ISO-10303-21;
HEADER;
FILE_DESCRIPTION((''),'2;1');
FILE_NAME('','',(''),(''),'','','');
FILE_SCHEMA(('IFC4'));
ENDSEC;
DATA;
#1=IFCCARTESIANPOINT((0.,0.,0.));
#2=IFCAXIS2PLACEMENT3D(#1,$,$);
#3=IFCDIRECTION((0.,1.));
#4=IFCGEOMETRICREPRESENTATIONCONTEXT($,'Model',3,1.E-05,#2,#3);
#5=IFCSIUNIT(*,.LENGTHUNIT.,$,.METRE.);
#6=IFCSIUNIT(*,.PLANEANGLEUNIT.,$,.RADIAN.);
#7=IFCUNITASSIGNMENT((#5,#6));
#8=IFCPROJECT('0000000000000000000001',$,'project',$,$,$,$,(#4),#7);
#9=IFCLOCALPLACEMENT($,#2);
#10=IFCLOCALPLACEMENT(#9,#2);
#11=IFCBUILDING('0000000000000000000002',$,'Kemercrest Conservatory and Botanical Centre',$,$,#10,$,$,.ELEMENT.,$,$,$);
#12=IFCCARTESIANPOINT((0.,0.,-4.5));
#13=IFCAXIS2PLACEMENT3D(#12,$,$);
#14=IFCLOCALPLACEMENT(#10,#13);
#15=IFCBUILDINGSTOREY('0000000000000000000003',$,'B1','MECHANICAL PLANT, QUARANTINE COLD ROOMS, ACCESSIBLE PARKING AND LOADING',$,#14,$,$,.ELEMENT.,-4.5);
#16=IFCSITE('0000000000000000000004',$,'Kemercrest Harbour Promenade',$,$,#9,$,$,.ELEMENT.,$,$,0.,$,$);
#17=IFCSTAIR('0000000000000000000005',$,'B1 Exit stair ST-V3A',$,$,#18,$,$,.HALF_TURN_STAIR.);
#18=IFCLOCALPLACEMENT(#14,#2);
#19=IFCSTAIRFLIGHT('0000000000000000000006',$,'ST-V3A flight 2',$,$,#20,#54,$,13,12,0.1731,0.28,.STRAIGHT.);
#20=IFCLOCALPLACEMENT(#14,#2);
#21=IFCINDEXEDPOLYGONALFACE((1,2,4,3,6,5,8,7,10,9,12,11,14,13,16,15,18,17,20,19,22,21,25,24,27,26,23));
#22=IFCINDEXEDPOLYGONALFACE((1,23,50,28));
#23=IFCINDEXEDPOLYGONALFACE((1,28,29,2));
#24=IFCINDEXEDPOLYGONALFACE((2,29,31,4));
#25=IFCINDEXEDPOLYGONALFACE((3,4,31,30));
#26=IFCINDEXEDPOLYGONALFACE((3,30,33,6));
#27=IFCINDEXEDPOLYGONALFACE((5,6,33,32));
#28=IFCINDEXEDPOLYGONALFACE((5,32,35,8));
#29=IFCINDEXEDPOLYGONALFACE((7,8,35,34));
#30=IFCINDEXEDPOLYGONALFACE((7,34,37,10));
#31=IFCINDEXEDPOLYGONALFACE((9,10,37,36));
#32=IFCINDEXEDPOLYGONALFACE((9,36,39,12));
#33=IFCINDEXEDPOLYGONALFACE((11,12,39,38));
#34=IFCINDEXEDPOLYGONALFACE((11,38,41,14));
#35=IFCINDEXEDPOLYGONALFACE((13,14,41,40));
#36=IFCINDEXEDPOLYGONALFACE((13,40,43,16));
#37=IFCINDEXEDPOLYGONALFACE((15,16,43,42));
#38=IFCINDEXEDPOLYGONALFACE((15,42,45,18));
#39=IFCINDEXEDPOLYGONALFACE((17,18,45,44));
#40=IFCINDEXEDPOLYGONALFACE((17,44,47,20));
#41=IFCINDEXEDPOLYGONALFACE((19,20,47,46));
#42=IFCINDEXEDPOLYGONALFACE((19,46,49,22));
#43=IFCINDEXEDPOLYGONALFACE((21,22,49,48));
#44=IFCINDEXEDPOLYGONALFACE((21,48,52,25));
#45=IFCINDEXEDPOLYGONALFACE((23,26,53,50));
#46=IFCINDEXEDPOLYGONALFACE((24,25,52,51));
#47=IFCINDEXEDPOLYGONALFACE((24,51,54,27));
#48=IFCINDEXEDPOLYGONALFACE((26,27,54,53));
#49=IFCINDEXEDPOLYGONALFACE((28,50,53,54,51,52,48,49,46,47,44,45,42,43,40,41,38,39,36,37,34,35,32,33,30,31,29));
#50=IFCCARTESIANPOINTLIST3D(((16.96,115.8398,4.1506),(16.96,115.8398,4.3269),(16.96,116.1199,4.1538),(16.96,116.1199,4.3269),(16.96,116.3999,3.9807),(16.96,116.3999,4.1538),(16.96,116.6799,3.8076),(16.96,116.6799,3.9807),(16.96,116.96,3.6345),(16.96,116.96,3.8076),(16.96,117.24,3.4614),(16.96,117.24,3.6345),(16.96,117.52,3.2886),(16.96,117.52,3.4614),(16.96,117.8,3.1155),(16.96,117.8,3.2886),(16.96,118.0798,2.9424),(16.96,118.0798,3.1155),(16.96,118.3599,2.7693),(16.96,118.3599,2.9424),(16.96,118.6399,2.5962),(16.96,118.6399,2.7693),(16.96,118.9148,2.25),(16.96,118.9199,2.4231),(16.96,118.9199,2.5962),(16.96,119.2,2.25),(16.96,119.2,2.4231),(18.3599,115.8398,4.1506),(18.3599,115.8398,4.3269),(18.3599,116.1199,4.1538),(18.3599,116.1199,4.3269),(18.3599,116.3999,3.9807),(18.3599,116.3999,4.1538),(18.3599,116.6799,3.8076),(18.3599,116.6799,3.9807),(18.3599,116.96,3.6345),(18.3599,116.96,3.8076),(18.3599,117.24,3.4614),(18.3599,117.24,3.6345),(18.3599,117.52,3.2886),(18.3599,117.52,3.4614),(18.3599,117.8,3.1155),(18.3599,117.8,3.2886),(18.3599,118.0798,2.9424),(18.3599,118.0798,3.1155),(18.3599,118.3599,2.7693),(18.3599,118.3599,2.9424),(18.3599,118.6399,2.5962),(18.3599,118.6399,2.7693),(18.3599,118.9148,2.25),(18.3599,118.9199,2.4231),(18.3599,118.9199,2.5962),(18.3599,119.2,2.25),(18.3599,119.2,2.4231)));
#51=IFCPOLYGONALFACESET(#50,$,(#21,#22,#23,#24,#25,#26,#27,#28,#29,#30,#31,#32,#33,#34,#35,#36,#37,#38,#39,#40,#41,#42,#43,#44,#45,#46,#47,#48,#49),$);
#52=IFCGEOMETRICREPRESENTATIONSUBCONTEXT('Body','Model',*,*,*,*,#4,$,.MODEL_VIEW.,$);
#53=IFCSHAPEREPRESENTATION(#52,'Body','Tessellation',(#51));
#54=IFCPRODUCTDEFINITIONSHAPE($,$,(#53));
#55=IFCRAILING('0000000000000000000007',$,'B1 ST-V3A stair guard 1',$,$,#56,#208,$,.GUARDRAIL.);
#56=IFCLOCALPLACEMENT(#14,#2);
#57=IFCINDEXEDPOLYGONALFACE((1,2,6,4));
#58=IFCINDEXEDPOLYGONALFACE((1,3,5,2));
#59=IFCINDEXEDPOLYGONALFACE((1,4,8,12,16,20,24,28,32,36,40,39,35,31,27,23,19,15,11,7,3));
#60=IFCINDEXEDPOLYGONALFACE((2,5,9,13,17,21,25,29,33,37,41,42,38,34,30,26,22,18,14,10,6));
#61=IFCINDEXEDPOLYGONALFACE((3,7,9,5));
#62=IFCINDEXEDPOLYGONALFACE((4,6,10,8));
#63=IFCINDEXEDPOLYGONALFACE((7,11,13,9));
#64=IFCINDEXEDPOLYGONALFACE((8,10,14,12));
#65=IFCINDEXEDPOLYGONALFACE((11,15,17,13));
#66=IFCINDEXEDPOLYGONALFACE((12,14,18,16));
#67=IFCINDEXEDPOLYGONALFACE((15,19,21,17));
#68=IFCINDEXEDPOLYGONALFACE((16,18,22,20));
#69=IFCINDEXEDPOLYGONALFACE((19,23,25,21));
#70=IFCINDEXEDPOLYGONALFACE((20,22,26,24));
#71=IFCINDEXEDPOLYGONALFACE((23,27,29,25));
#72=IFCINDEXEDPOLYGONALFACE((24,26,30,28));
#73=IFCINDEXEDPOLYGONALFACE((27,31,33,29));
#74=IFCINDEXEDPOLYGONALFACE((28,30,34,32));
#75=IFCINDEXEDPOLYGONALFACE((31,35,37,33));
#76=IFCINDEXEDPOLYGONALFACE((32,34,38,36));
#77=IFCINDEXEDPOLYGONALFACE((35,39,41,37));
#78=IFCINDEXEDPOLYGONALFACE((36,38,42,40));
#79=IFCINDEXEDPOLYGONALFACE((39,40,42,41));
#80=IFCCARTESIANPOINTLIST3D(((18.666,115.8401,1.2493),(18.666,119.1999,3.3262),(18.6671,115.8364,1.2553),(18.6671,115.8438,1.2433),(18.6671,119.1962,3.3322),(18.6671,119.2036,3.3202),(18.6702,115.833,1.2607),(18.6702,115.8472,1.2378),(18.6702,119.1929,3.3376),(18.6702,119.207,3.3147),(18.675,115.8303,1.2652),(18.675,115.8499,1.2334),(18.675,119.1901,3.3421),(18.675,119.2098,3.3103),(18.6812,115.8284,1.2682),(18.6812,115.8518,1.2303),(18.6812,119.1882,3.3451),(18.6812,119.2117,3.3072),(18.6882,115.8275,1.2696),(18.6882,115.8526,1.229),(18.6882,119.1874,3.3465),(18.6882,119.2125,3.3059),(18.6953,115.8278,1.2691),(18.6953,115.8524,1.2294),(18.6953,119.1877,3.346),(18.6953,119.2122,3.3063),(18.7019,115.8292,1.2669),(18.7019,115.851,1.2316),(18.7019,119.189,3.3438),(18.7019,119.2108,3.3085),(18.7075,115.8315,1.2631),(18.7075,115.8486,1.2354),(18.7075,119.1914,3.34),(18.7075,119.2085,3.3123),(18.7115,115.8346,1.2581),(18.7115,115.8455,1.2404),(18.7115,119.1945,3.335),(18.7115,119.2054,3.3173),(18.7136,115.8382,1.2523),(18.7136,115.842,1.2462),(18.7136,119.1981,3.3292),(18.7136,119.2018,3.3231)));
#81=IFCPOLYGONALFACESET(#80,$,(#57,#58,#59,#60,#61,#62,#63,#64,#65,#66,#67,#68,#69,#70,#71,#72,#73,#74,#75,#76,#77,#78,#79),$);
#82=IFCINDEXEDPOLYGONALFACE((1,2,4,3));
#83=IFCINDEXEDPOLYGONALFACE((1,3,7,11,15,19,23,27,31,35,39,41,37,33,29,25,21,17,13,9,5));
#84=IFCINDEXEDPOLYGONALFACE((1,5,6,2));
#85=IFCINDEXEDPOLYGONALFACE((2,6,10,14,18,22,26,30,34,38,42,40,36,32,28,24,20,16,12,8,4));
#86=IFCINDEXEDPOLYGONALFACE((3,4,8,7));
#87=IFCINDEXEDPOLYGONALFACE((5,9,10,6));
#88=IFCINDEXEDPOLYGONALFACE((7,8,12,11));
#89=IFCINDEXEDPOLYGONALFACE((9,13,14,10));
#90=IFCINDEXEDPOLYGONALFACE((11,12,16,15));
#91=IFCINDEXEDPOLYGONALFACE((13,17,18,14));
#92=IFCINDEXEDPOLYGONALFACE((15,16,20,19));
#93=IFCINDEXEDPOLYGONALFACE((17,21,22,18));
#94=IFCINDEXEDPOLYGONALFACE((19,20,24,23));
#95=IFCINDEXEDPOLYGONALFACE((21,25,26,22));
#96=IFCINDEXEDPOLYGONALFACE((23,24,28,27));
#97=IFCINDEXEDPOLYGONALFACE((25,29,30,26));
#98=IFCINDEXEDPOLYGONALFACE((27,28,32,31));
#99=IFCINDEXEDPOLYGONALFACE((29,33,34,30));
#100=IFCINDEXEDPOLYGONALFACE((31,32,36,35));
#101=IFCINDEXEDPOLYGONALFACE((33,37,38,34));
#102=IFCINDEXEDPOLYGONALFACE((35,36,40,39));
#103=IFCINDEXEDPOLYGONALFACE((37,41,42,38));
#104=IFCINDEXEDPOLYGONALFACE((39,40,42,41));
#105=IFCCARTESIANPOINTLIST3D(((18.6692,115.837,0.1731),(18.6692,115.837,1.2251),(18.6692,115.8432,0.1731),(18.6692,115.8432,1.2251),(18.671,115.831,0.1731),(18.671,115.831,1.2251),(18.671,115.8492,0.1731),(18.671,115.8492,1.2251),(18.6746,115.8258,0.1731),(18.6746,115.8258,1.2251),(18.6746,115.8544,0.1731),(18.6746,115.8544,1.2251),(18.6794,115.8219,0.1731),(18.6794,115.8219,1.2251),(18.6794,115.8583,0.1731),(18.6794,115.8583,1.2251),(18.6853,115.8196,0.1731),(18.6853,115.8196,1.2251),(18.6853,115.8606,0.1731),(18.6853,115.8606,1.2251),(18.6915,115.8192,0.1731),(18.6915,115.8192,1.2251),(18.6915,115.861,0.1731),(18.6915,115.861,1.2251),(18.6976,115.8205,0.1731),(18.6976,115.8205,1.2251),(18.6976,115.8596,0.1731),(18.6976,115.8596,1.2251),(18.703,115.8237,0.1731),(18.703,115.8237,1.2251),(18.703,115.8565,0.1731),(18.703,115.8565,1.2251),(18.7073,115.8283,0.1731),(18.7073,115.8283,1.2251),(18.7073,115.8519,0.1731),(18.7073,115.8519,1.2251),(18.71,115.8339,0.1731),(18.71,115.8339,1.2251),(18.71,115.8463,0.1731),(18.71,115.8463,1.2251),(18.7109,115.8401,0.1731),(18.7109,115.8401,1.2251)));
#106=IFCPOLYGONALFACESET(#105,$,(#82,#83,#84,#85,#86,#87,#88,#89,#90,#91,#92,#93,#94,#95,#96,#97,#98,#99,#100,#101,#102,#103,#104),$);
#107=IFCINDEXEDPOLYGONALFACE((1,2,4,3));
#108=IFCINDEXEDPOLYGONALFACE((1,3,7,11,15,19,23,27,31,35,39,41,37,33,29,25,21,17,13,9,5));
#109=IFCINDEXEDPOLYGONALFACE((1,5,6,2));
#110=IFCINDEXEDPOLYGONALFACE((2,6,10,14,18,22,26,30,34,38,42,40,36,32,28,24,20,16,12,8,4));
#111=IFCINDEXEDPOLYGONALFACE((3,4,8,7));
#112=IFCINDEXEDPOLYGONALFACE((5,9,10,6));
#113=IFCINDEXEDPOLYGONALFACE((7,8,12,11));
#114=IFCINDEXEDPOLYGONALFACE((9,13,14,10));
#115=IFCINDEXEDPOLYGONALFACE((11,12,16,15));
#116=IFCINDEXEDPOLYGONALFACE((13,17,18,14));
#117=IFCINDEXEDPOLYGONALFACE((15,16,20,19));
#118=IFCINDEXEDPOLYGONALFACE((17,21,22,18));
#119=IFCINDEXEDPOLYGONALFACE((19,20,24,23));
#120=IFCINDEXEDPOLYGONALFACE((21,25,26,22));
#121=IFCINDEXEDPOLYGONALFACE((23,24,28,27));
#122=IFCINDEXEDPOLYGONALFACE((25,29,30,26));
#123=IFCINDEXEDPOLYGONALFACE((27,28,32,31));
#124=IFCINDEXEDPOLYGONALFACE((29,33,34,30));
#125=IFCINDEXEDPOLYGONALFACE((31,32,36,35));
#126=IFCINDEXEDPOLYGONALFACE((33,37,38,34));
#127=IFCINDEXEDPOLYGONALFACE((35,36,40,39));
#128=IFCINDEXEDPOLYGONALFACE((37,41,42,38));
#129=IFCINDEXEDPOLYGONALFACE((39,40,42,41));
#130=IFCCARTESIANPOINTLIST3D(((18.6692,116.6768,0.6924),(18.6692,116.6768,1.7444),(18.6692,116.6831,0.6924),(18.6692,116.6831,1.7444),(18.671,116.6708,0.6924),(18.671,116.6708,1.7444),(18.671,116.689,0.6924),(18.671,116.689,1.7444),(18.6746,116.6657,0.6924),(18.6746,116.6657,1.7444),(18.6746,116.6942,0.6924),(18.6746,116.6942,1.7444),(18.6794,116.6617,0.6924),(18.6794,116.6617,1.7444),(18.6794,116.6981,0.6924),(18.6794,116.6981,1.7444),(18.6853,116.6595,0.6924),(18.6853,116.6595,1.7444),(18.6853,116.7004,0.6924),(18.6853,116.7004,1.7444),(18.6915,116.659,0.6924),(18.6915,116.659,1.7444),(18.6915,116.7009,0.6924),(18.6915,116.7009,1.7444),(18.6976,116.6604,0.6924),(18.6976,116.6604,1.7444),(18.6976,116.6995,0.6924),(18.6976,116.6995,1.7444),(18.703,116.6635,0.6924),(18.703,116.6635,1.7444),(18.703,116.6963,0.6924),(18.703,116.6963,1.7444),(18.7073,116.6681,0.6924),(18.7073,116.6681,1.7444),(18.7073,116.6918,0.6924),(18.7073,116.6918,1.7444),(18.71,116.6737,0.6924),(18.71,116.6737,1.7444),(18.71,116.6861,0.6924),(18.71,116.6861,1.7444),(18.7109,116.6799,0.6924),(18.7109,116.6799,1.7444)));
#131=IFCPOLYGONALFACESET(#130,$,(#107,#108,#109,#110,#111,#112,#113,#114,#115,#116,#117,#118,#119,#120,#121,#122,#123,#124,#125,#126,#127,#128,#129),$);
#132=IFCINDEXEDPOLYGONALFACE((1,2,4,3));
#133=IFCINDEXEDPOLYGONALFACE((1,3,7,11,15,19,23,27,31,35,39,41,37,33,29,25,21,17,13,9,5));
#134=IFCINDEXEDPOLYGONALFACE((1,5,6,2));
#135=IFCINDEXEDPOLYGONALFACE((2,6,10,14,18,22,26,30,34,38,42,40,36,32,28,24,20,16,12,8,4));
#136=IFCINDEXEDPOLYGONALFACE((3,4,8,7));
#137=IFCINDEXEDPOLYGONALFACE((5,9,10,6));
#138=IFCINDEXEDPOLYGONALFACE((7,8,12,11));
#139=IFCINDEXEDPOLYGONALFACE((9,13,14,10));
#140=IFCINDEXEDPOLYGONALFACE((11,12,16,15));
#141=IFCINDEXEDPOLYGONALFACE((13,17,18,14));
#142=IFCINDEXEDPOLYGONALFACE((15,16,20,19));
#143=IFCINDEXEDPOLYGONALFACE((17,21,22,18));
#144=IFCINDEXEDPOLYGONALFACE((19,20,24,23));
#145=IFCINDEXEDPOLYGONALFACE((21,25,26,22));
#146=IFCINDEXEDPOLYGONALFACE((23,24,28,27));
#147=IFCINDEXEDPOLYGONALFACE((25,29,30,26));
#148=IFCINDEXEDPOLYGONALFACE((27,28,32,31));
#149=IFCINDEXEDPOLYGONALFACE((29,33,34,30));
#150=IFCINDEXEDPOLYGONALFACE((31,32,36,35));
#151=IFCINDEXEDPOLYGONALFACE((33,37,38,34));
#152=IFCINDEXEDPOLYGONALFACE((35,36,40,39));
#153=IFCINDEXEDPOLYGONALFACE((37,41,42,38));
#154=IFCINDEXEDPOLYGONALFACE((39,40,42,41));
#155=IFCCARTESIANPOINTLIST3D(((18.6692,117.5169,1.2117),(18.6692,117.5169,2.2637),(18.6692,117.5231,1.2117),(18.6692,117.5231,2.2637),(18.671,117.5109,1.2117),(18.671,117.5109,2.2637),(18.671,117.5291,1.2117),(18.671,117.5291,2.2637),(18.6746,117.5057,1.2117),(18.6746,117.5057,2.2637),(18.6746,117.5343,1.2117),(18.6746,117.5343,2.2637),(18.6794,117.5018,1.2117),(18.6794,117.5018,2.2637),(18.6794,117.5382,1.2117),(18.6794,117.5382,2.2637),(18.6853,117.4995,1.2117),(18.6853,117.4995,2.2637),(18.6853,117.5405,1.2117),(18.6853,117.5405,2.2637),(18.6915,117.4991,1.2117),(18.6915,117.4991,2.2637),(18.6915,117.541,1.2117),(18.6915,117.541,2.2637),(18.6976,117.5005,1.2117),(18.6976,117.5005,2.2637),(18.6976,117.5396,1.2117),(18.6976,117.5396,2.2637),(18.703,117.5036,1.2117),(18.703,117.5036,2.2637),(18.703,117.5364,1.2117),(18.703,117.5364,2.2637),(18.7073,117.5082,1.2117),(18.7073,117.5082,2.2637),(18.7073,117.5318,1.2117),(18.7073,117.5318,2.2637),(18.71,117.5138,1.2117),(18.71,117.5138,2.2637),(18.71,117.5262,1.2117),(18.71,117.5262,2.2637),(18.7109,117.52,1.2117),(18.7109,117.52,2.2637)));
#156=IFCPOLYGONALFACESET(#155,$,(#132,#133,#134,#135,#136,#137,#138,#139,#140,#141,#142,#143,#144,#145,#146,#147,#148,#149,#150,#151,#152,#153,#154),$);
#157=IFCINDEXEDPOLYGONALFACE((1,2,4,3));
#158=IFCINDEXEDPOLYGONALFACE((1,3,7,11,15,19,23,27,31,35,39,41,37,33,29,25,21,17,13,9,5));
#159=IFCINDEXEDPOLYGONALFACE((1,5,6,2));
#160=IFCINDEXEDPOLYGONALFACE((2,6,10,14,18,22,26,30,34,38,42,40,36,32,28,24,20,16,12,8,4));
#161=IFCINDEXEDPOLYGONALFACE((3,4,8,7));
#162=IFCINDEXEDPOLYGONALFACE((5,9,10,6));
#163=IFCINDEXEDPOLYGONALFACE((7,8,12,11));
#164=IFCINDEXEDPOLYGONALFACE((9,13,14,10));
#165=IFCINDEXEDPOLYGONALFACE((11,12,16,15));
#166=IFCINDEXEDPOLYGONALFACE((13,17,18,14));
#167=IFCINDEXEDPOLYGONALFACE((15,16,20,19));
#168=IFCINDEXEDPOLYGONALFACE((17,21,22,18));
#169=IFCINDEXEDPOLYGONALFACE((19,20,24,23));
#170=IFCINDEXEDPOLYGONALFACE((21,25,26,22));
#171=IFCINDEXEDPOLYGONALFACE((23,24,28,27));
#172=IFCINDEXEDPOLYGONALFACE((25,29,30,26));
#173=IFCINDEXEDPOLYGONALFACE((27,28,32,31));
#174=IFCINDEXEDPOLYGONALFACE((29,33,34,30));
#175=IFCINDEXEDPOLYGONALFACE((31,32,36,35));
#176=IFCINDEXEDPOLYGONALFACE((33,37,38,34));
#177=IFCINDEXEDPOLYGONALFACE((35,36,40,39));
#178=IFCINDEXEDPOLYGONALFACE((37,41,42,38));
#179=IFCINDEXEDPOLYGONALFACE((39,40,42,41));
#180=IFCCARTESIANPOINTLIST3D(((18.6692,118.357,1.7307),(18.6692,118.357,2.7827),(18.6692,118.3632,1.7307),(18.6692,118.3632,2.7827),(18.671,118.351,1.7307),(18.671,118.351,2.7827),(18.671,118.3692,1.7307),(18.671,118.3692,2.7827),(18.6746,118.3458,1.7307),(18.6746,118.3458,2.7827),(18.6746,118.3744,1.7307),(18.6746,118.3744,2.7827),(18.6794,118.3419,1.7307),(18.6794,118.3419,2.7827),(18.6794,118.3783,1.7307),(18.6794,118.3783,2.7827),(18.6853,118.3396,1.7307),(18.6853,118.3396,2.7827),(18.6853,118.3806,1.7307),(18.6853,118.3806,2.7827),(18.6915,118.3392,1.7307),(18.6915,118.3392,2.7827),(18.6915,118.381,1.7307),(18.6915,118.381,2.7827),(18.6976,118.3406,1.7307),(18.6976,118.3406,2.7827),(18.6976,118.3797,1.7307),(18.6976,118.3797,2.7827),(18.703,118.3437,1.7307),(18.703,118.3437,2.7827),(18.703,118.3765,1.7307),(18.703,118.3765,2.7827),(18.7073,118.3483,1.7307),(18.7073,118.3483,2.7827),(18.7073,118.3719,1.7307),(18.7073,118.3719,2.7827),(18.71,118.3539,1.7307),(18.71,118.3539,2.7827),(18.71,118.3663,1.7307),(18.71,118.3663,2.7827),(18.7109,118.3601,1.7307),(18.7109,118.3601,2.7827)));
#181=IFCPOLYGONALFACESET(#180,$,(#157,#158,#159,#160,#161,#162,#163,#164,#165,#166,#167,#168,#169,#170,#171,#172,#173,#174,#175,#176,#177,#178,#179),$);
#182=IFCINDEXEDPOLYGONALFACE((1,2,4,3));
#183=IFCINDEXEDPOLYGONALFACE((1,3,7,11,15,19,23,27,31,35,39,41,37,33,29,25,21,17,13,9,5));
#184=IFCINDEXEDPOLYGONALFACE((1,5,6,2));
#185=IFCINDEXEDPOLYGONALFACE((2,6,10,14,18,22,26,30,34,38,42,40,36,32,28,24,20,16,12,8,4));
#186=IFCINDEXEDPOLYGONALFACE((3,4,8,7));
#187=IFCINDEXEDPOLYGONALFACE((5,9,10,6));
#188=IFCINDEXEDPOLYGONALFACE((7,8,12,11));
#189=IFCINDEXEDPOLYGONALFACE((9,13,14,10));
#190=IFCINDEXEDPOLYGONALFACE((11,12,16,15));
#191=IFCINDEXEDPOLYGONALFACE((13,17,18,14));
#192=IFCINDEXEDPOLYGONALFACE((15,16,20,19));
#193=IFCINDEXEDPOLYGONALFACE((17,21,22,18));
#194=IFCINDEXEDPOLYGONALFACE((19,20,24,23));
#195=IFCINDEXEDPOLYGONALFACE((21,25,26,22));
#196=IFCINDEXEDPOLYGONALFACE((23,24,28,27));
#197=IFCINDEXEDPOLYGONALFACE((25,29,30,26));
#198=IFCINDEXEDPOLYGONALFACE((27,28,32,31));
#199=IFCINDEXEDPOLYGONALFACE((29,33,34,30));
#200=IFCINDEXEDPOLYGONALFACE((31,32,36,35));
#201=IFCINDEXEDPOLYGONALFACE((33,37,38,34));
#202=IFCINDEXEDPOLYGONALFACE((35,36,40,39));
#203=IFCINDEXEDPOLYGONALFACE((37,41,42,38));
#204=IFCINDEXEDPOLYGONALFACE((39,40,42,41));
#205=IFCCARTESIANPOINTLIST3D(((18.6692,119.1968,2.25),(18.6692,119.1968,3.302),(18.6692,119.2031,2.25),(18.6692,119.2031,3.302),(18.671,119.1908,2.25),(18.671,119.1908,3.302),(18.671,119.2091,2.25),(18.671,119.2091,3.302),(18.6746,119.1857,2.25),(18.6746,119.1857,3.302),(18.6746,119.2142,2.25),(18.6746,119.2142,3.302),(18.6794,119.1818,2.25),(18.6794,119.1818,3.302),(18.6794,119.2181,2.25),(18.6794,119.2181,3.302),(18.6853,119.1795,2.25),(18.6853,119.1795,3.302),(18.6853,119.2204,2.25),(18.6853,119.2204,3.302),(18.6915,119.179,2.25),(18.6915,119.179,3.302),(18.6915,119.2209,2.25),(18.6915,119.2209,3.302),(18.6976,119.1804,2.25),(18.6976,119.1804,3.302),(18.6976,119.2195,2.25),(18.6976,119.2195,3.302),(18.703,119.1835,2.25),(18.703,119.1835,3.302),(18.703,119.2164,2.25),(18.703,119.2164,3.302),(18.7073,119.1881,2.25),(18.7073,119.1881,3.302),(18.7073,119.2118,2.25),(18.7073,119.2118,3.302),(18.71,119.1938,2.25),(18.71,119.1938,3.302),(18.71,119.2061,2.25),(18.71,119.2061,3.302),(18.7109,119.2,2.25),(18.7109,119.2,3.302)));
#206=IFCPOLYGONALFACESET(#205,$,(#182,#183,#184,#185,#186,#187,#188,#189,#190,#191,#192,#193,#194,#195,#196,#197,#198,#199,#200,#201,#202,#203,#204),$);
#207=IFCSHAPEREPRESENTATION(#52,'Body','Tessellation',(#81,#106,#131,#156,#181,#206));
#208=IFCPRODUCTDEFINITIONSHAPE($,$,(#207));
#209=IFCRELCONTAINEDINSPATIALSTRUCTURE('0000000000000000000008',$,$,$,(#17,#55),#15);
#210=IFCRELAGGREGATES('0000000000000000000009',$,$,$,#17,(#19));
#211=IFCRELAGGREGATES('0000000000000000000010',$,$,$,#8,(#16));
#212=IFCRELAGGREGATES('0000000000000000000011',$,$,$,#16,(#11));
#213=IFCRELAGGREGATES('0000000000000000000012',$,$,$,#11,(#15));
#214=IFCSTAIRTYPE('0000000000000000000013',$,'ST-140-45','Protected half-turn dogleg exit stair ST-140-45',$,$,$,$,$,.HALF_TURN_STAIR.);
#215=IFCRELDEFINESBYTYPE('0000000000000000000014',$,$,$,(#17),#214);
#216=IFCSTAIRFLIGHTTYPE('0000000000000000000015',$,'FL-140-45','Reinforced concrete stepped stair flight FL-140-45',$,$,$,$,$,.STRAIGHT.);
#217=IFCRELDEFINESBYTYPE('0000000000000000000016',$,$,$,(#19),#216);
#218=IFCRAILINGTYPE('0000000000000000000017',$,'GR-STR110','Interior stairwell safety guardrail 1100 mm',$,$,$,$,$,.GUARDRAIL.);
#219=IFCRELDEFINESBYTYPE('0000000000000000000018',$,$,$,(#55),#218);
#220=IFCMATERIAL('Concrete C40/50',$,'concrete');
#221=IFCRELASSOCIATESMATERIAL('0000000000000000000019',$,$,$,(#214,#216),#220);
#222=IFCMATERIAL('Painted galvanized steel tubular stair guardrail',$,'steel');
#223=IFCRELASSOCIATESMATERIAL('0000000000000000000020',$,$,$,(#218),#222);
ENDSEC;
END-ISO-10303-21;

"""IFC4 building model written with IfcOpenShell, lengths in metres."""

from ifc_helpers import new_model, si_unit, direction, frame, origin, origin_2d, place, context, subcontext, project, spatial, polyline, circle, outline, extrude, material, type_object, element, aggregate, save


model = new_model("IFC4")

# Units and contexts
model_context = context("Model", 3, precision=1e-05, world=origin(), true_north=direction((0.0, 1.0)))
body_context = subcontext(model_context, "Body", "Model", "MODEL_VIEW")
ifc_project = project(units=[si_unit("LENGTHUNIT", "METRE"), si_unit("PLANEANGLEUNIT", "RADIAN")], contexts=[model_context])

# Site, building, storey
site_placement = place(None, origin())
site = spatial("IfcSite", under=ifc_project, at=site_placement, Name="Kemercrest Harbour Promenade", CompositionType="ELEMENT", RefElevation=0.0)
building_placement = place(site_placement, origin())
building = spatial("IfcBuilding", under=site, at=building_placement, Name="Kemercrest Conservatory and Botanical Centre", CompositionType="ELEMENT")
storey_placement = place(building_placement, frame((0.0, 0.0, -4.5)))
storey = spatial("IfcBuildingStorey", under=building, at=storey_placement, Name="B1", Description="MECHANICAL PLANT, QUARANTINE COLD ROOMS, ACCESSIBLE PARKING AND LOADING", CompositionType="ELEMENT", Elevation=-4.5)

# Shared definitions
ifc_material_1 = material(Name="Concrete C40/50", Category="concrete")

# Stair, stair flight
stair_type = type_object("IfcStairType", Name="ST-140-45", Description="Protected half-turn dogleg exit stair ST-140-45", PredefinedType="HALF_TURN_STAIR", material=ifc_material_1)
stair_placement = place(storey_placement, origin())
stair = element("IfcStair", 1, at=stair_placement, inside=storey, type_object=stair_type, Name="B1 Exit stair ST-V3A", PredefinedType="HALF_TURN_STAIR")
stair_flight_type = type_object("IfcStairFlightType", Name="FL-140-45", Description="Reinforced concrete stepped stair flight FL-140-45", PredefinedType="STRAIGHT", material=ifc_material_1)
stair_flight_placement = place(storey_placement, frame((17.6599, 119.2, 2.25), z_axis=(0.0, 0.0, 1.0), x_axis=(0.0, -1.0, 0.0)))
stair_flight = element("IfcStairFlight", 2, at=stair_flight_placement, type_object=stair_flight_type, Name="ST-V3A flight 2", NumberOfRisers=13, NumberOfTreads=12, PredefinedType="STRAIGHT", RiserHeight=0.1731, TreadLength=0.28, context=body_context, shape_type="SweptSolid", body=[
    extrude(outline(polyline([(0.0, 0.0), (0.0, 0.1731), (0.28, 0.1731), (0.28, 0.3462), (0.5601, 0.3462), (0.5601, 0.5193), (0.8401, 0.5193), (0.8401, 0.6924), (1.1201, 0.6924), (1.1201, 0.8655), (1.3999, 0.8655), (1.3999, 1.0386), (1.6799, 1.0386), (1.6799, 1.2114), (1.96, 1.2114), (1.96, 1.3845), (2.24, 1.3845), (2.24, 1.5576), (2.52, 1.5576), (2.52, 1.7307), (2.8, 1.7307), (2.8, 1.9038), (3.0801, 1.9038), (3.0801, 2.0769), (3.3601, 2.0769), (3.3601, 2.25), (3.3601, 1.9006), (0.2852, 0.0), (0.0, 0.0)])), frame((0.0, 0.7, 0.0), z_axis=(0.0, -1.0, 0.0), x_axis=(1.0, 0.0, 0.0)), (0.0, 0.0, 1.0), 1.3999),
])
aggregate(stair, [stair_flight])

# Railing
ifc_material_2 = material(Name="Painted galvanized steel tubular stair guardrail", Category="steel")
railing_type_1 = type_object("IfcRailingType", Name="GR-STR110", Description="Interior stairwell safety guardrail 1100 mm", PredefinedType="GUARDRAIL", material=ifc_material_2)
railing_1_placement = place(storey_placement, frame((18.6899, 115.8401, 0.1731)))
element("IfcRailing", 3, at=railing_1_placement, inside=storey, type_object=railing_type_1, Name="B1 ST-V3A stair guard 1", PredefinedType="GUARDRAIL", context=body_context, shape_type="SweptSolid", body=[
    extrude(circle(Radius=0.0239, at=origin_2d()), frame((0.0, 0.0, 1.0762), z_axis=(0.0, 0.850606, 0.525803), x_axis=(-1.0, 0.0, 0.0)), (0.0, 0.0, 1.0), 3.95),
    extrude(circle(Radius=0.021, at=origin_2d()), origin(), (0.0, 0.0, 1.0), 1.052),
    extrude(circle(Radius=0.021, at=origin_2d()), frame((0.0, 0.8398, 0.5193)), (0.0, 0.0, 1.0), 1.052),
    extrude(circle(Radius=0.021, at=origin_2d()), frame((0.0, 1.6799, 1.0386)), (0.0, 0.0, 1.0), 1.052),
    extrude(circle(Radius=0.021, at=origin_2d()), frame((0.0, 2.52, 1.5576)), (0.0, 0.0, 1.0), 1.052),
    extrude(circle(Radius=0.021, at=origin_2d()), frame((0.0, 3.3599, 2.0769)), (0.0, 0.0, 1.0), 1.052),
])

save(model, "model.ifc")
